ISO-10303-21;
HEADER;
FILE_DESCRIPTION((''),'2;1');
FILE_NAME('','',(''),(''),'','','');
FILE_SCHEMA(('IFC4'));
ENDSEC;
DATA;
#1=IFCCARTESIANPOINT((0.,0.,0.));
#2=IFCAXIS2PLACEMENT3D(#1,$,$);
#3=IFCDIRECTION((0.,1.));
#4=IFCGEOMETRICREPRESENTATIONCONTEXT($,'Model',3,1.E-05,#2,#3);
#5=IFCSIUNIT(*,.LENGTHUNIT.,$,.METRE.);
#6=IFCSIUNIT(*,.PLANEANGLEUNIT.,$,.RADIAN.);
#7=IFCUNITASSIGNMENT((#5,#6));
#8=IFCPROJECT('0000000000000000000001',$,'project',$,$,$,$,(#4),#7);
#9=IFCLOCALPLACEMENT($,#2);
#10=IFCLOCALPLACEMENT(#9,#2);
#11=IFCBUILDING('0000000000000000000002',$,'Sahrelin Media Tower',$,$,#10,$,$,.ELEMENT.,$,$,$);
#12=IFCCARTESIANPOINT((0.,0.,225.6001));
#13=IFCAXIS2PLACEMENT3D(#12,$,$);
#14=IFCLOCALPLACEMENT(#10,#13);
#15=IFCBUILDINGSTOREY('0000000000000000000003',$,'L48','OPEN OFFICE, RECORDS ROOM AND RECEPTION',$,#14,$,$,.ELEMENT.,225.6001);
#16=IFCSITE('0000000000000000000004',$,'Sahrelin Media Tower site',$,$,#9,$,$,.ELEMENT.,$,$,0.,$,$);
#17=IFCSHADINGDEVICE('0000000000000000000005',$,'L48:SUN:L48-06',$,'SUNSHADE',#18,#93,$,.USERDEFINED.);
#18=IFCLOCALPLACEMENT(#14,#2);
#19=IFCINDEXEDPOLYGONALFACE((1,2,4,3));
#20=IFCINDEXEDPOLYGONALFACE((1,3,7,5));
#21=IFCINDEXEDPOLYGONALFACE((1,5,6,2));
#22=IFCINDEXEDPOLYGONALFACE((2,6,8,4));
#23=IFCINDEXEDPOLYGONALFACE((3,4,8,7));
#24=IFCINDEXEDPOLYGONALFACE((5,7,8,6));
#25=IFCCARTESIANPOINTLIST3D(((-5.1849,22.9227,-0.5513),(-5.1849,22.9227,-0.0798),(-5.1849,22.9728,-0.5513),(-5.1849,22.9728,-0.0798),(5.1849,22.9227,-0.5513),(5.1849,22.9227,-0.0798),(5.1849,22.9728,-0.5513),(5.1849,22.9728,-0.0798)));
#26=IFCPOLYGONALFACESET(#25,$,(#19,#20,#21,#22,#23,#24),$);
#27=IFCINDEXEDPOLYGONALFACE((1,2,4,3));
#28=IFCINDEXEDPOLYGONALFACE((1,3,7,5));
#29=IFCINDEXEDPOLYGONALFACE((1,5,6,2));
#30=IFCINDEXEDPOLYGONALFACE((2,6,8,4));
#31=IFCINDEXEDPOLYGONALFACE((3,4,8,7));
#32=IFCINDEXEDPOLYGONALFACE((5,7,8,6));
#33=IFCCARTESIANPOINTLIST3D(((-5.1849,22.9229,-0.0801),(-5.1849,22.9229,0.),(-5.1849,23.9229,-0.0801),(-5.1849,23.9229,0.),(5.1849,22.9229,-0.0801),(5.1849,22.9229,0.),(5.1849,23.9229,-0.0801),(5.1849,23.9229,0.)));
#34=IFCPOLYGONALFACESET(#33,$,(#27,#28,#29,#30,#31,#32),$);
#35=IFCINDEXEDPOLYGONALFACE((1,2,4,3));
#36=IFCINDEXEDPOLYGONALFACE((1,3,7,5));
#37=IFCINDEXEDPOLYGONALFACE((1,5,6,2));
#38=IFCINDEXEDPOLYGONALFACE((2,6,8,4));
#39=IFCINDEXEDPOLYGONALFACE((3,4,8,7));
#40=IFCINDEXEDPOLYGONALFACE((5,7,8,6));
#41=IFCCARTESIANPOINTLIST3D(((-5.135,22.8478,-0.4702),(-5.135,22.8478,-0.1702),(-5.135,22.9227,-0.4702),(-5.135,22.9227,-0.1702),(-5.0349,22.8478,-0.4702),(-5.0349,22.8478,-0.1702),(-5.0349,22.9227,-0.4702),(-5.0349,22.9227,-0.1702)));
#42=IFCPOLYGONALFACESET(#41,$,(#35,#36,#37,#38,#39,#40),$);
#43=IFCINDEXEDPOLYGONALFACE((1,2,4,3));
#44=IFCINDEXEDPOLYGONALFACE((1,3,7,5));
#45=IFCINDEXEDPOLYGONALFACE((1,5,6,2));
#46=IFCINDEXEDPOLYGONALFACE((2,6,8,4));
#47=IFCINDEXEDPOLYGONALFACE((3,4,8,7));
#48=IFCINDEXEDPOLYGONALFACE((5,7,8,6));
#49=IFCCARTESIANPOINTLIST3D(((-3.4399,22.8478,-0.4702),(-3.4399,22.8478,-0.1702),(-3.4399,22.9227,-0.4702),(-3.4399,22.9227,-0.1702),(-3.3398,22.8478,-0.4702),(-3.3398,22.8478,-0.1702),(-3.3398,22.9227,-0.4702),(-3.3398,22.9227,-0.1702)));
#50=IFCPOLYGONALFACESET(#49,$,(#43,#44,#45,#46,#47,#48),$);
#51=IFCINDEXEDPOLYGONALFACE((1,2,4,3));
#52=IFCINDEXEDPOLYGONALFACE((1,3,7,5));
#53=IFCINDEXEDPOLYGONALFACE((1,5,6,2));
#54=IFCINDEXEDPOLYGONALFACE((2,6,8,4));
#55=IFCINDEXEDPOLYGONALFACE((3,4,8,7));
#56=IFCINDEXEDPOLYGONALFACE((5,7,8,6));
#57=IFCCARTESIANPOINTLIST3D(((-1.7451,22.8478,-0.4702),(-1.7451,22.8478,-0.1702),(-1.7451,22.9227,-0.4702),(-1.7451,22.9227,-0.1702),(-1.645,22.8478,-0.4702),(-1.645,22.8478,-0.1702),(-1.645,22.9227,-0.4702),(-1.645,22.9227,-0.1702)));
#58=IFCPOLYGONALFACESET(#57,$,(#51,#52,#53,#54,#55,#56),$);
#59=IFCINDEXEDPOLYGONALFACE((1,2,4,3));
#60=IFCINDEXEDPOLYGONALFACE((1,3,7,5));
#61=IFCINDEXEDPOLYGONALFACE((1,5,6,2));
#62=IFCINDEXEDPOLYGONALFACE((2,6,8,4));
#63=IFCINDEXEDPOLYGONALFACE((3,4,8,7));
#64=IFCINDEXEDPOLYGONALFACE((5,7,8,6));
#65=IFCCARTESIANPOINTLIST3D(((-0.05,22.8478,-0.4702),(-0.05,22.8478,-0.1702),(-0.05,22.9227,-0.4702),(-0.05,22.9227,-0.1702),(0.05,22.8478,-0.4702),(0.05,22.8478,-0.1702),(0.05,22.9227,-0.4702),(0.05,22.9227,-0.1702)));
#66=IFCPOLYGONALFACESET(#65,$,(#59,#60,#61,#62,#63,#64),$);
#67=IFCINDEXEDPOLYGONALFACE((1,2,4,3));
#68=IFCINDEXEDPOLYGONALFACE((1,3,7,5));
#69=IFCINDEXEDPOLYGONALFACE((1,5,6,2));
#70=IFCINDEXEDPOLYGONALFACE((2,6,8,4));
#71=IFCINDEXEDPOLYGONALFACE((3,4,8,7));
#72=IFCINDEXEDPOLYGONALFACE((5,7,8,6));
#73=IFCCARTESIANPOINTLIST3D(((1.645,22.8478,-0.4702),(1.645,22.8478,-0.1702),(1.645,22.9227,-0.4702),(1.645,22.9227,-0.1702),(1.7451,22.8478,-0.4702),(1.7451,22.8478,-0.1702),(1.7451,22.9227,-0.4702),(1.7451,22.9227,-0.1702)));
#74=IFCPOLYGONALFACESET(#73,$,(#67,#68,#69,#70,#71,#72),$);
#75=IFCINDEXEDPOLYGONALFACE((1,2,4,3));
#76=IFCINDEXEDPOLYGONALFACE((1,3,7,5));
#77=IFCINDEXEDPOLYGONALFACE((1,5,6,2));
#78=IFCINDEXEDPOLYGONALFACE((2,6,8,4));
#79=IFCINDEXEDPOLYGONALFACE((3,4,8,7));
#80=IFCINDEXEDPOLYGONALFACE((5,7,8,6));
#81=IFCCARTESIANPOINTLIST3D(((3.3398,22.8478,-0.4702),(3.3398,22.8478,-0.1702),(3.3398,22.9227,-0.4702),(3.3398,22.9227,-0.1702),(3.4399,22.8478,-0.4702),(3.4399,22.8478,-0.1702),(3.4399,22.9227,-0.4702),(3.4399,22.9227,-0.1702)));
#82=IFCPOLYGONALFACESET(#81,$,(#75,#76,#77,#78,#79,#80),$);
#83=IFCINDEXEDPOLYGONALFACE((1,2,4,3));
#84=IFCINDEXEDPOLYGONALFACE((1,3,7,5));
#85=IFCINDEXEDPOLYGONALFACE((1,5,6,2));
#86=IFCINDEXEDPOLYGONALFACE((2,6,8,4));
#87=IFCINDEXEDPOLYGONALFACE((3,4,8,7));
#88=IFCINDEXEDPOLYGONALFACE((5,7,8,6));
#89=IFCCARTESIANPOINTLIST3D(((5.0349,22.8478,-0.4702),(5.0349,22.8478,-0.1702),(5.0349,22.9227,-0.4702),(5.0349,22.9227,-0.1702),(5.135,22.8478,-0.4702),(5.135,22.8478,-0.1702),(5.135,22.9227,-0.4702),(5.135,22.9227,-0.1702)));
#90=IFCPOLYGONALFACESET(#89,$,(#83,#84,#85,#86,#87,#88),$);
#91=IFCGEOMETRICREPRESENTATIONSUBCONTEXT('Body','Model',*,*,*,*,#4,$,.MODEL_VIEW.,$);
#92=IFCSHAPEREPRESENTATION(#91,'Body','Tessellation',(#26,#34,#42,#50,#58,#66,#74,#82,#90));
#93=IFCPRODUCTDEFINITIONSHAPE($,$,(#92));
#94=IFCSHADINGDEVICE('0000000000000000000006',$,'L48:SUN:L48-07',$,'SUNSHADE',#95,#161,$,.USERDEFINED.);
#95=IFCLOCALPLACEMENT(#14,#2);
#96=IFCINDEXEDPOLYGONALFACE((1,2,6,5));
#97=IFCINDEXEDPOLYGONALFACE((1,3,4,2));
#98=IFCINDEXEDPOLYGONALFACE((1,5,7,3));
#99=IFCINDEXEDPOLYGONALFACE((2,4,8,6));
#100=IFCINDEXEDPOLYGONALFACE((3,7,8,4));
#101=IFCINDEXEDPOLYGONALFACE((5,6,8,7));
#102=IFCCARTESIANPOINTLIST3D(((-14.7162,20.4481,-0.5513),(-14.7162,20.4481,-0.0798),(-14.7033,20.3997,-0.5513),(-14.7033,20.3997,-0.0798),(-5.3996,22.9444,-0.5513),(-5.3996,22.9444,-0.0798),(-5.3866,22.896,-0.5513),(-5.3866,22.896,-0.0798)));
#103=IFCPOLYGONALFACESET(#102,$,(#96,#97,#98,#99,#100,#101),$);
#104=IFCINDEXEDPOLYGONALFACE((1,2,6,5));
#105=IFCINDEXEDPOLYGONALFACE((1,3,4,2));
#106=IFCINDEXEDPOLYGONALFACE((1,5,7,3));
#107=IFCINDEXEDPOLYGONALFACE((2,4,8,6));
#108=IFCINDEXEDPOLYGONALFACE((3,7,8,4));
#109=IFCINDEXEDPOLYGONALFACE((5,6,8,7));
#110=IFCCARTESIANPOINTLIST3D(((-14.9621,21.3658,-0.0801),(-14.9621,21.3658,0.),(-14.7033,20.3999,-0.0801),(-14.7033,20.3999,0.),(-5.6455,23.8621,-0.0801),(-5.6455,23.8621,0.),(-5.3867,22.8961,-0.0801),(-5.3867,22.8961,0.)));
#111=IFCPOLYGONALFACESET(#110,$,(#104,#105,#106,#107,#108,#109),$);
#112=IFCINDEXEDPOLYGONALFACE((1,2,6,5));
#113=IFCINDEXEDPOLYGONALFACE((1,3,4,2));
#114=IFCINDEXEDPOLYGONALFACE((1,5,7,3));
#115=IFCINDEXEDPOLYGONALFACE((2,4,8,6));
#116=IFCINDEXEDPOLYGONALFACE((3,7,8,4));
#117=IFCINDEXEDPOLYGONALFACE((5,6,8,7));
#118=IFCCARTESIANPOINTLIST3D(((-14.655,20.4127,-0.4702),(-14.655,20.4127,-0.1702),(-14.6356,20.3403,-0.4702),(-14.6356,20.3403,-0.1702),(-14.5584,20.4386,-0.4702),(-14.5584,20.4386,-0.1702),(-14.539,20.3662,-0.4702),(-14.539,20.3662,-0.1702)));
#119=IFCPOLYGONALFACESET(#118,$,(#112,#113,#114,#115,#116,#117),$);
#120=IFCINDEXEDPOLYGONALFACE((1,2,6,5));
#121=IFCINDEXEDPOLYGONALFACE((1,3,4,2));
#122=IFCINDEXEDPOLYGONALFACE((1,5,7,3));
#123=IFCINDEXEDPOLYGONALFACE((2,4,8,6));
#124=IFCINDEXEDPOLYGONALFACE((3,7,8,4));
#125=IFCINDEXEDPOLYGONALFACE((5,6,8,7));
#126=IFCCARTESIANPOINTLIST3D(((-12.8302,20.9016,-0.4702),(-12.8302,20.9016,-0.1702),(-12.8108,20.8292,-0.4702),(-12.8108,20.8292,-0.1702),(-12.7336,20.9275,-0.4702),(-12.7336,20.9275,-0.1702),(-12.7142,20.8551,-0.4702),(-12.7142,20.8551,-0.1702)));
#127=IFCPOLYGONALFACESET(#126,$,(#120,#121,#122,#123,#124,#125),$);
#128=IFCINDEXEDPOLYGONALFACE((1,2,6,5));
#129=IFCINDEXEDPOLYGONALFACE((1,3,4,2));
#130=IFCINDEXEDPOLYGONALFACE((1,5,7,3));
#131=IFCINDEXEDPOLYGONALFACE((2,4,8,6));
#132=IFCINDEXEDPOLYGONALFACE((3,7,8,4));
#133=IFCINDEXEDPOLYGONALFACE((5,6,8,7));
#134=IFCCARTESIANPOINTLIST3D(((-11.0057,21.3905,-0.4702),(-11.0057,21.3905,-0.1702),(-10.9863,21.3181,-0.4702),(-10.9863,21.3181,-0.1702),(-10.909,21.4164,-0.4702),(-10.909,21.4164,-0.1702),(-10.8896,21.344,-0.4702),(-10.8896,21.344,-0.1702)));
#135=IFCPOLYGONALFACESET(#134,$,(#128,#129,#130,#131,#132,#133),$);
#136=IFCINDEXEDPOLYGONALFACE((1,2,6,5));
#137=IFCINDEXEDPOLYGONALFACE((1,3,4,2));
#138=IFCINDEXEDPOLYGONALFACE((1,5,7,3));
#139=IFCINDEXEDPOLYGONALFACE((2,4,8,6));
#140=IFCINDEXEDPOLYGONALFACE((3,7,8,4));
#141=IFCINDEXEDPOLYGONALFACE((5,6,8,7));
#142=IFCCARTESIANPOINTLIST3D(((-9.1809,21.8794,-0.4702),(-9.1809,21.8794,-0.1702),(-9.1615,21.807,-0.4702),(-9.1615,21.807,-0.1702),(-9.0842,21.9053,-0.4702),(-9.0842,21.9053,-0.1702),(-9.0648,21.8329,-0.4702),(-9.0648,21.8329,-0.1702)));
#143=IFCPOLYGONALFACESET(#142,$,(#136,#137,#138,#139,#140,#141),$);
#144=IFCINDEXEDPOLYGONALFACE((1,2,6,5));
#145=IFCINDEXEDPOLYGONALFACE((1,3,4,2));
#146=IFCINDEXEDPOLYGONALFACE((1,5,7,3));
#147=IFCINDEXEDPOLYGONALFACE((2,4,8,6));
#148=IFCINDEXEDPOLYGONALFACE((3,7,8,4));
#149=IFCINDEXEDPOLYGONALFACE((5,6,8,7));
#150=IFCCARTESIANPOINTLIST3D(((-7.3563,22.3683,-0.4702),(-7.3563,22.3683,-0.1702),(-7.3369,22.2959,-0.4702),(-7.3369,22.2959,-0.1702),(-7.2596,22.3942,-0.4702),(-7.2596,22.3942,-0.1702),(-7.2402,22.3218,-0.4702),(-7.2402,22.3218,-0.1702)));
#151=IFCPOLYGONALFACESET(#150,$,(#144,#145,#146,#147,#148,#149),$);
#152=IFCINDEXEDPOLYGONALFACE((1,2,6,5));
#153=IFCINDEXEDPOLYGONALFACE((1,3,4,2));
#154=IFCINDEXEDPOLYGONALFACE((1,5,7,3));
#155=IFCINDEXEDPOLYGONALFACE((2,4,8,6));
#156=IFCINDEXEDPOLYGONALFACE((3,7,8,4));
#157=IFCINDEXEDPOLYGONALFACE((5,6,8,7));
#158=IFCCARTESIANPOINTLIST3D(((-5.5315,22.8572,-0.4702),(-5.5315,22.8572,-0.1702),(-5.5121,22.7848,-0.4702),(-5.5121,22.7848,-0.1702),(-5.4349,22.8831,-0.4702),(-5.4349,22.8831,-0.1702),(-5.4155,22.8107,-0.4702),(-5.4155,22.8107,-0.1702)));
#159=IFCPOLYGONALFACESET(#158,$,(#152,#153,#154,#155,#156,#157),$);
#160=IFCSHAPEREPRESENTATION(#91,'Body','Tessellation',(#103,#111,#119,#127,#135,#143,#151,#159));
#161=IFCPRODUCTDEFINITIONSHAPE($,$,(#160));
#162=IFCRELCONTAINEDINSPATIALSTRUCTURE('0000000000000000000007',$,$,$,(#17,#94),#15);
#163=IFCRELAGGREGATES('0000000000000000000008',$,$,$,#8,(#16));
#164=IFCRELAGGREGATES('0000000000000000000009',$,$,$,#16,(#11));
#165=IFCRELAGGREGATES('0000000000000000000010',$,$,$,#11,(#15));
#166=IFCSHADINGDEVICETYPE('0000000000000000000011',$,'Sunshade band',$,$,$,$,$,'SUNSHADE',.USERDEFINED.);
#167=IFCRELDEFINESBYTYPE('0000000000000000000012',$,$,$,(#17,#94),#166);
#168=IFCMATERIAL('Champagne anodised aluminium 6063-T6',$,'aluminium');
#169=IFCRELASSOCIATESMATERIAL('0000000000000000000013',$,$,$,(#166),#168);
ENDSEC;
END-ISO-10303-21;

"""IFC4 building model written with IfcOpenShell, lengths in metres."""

from ifc_helpers import new_model, si_unit, direction, frame, origin, origin_2d, place, context, subcontext, project, spatial, rectangle, extrude, material, type_object, element, save


model = new_model("IFC4")

# Units and contexts
model_context = context("Model", 3, precision=1e-05, world=origin(), true_north=direction((0.0, 1.0)))
body_context = subcontext(model_context, "Body", "Model", "MODEL_VIEW")
ifc_project = project(units=[si_unit("LENGTHUNIT", "METRE"), si_unit("PLANEANGLEUNIT", "RADIAN")], contexts=[model_context])

# Site, building, storey
site_placement = place(None, origin())
site = spatial("IfcSite", under=ifc_project, at=site_placement, Name="Sahrelin Media Tower site", CompositionType="ELEMENT", RefElevation=0.0)
building_placement = place(site_placement, origin())
building = spatial("IfcBuilding", under=site, at=building_placement, Name="Sahrelin Media Tower", CompositionType="ELEMENT")
storey_placement = place(building_placement, frame((0.0, 0.0, 225.6001)))
storey = spatial("IfcBuildingStorey", under=building, at=storey_placement, Name="L48", Description="OPEN OFFICE, RECORDS ROOM AND RECEPTION", CompositionType="ELEMENT", Elevation=225.6001)

# Shared definitions
ifc_material_1 = material(Name="Champagne anodised aluminium 6063-T6", Category="aluminium")
placement_1 = place(storey_placement, frame((0.0, 22.9028, 0.0), z_axis=(0.0, 0.0, 1.0), x_axis=(1.0, 0.0, 0.0)))

# Shading devices
placement_2 = place(storey_placement, frame((-10.0398, 21.6287, 0.0), z_axis=(0.0, 0.0, 1.0), x_axis=(0.965929, 0.258808, 0.0)))
shading_device_type_1 = type_object("IfcShadingDeviceType", Name="Sunshade band", ElementType="SUNSHADE", PredefinedType="USERDEFINED", material=ifc_material_1)
element("IfcShadingDevice", 1, at=placement_1, inside=storey, type_object=shading_device_type_1, Name="L48:SUN:L48-06", ObjectType="SUNSHADE", PredefinedType="USERDEFINED", context=body_context, shape_type="SweptSolid", body=[
    extrude(rectangle(XDim=10.3699, YDim=0.05, at=origin_2d()), frame((0.0, 0.0449, -0.5513)), (0.0, 0.0, 1.0), 0.4714),
    extrude(rectangle(XDim=10.3699, YDim=1.0, at=origin_2d()), frame((0.0, 0.52, -0.0801)), (0.0, 0.0, 1.0), 0.0801),
    extrude(rectangle(XDim=0.1001, YDim=0.075, at=origin_2d()), frame((-5.085, -0.0176, -0.4702)), (0.0, 0.0, 1.0), 0.3),
    extrude(rectangle(XDim=0.1001, YDim=0.075, at=origin_2d()), frame((-3.3899, -0.0176, -0.4702)), (0.0, 0.0, 1.0), 0.3),
    extrude(rectangle(XDim=0.1001, YDim=0.075, at=origin_2d()), frame((-1.6951, -0.0176, -0.4702)), (0.0, 0.0, 1.0), 0.3),
    extrude(rectangle(XDim=0.1001, YDim=0.075, at=origin_2d()), frame((0.0, -0.0176, -0.4702)), (0.0, 0.0, 1.0), 0.3),
    extrude(rectangle(XDim=0.1001, YDim=0.075, at=origin_2d()), frame((1.6951, -0.0176, -0.4702)), (0.0, 0.0, 1.0), 0.3),
    extrude(rectangle(XDim=0.1001, YDim=0.075, at=origin_2d()), frame((3.3899, -0.0176, -0.4702)), (0.0, 0.0, 1.0), 0.3),
    extrude(rectangle(XDim=0.1001, YDim=0.075, at=origin_2d()), frame((5.085, -0.0176, -0.4702)), (0.0, 0.0, 1.0), 0.3),
])
element("IfcShadingDevice", 2, at=placement_2, inside=storey, type_object=shading_device_type_1, Name="L48:SUN:L48-07", ObjectType="SUNSHADE", PredefinedType="USERDEFINED", context=body_context, shape_type="SweptSolid", body=[
    extrude(rectangle(XDim=9.6453, YDim=0.05, at=origin_2d()), frame((0.0, 0.0449, -0.5513)), (0.0, 0.0, 1.0), 0.4714),
    extrude(rectangle(XDim=9.6453, YDim=1.0, at=origin_2d()), frame((0.0, 0.52, -0.0801)), (0.0, 0.0, 1.0), 0.0801),
    extrude(rectangle(XDim=0.1001, YDim=0.075, at=origin_2d()), frame((-4.7227, -0.0176, -0.4702)), (0.0, 0.0, 1.0), 0.3),
    extrude(rectangle(XDim=0.1001, YDim=0.075, at=origin_2d()), frame((-2.8335, -0.0176, -0.4702)), (0.0, 0.0, 1.0), 0.3),
    extrude(rectangle(XDim=0.1001, YDim=0.075, at=origin_2d()), frame((-0.9446, -0.0176, -0.4702)), (0.0, 0.0, 1.0), 0.3),
    extrude(rectangle(XDim=0.1001, YDim=0.075, at=origin_2d()), frame((0.9446, -0.0176, -0.4702)), (0.0, 0.0, 1.0), 0.3),
    extrude(rectangle(XDim=0.1001, YDim=0.075, at=origin_2d()), frame((2.8335, -0.0176, -0.4702)), (0.0, 0.0, 1.0), 0.3),
    extrude(rectangle(XDim=0.1001, YDim=0.075, at=origin_2d()), frame((4.7227, -0.0176, -0.4702)), (0.0, 0.0, 1.0), 0.3),
])

save(model, "model.ifc")
